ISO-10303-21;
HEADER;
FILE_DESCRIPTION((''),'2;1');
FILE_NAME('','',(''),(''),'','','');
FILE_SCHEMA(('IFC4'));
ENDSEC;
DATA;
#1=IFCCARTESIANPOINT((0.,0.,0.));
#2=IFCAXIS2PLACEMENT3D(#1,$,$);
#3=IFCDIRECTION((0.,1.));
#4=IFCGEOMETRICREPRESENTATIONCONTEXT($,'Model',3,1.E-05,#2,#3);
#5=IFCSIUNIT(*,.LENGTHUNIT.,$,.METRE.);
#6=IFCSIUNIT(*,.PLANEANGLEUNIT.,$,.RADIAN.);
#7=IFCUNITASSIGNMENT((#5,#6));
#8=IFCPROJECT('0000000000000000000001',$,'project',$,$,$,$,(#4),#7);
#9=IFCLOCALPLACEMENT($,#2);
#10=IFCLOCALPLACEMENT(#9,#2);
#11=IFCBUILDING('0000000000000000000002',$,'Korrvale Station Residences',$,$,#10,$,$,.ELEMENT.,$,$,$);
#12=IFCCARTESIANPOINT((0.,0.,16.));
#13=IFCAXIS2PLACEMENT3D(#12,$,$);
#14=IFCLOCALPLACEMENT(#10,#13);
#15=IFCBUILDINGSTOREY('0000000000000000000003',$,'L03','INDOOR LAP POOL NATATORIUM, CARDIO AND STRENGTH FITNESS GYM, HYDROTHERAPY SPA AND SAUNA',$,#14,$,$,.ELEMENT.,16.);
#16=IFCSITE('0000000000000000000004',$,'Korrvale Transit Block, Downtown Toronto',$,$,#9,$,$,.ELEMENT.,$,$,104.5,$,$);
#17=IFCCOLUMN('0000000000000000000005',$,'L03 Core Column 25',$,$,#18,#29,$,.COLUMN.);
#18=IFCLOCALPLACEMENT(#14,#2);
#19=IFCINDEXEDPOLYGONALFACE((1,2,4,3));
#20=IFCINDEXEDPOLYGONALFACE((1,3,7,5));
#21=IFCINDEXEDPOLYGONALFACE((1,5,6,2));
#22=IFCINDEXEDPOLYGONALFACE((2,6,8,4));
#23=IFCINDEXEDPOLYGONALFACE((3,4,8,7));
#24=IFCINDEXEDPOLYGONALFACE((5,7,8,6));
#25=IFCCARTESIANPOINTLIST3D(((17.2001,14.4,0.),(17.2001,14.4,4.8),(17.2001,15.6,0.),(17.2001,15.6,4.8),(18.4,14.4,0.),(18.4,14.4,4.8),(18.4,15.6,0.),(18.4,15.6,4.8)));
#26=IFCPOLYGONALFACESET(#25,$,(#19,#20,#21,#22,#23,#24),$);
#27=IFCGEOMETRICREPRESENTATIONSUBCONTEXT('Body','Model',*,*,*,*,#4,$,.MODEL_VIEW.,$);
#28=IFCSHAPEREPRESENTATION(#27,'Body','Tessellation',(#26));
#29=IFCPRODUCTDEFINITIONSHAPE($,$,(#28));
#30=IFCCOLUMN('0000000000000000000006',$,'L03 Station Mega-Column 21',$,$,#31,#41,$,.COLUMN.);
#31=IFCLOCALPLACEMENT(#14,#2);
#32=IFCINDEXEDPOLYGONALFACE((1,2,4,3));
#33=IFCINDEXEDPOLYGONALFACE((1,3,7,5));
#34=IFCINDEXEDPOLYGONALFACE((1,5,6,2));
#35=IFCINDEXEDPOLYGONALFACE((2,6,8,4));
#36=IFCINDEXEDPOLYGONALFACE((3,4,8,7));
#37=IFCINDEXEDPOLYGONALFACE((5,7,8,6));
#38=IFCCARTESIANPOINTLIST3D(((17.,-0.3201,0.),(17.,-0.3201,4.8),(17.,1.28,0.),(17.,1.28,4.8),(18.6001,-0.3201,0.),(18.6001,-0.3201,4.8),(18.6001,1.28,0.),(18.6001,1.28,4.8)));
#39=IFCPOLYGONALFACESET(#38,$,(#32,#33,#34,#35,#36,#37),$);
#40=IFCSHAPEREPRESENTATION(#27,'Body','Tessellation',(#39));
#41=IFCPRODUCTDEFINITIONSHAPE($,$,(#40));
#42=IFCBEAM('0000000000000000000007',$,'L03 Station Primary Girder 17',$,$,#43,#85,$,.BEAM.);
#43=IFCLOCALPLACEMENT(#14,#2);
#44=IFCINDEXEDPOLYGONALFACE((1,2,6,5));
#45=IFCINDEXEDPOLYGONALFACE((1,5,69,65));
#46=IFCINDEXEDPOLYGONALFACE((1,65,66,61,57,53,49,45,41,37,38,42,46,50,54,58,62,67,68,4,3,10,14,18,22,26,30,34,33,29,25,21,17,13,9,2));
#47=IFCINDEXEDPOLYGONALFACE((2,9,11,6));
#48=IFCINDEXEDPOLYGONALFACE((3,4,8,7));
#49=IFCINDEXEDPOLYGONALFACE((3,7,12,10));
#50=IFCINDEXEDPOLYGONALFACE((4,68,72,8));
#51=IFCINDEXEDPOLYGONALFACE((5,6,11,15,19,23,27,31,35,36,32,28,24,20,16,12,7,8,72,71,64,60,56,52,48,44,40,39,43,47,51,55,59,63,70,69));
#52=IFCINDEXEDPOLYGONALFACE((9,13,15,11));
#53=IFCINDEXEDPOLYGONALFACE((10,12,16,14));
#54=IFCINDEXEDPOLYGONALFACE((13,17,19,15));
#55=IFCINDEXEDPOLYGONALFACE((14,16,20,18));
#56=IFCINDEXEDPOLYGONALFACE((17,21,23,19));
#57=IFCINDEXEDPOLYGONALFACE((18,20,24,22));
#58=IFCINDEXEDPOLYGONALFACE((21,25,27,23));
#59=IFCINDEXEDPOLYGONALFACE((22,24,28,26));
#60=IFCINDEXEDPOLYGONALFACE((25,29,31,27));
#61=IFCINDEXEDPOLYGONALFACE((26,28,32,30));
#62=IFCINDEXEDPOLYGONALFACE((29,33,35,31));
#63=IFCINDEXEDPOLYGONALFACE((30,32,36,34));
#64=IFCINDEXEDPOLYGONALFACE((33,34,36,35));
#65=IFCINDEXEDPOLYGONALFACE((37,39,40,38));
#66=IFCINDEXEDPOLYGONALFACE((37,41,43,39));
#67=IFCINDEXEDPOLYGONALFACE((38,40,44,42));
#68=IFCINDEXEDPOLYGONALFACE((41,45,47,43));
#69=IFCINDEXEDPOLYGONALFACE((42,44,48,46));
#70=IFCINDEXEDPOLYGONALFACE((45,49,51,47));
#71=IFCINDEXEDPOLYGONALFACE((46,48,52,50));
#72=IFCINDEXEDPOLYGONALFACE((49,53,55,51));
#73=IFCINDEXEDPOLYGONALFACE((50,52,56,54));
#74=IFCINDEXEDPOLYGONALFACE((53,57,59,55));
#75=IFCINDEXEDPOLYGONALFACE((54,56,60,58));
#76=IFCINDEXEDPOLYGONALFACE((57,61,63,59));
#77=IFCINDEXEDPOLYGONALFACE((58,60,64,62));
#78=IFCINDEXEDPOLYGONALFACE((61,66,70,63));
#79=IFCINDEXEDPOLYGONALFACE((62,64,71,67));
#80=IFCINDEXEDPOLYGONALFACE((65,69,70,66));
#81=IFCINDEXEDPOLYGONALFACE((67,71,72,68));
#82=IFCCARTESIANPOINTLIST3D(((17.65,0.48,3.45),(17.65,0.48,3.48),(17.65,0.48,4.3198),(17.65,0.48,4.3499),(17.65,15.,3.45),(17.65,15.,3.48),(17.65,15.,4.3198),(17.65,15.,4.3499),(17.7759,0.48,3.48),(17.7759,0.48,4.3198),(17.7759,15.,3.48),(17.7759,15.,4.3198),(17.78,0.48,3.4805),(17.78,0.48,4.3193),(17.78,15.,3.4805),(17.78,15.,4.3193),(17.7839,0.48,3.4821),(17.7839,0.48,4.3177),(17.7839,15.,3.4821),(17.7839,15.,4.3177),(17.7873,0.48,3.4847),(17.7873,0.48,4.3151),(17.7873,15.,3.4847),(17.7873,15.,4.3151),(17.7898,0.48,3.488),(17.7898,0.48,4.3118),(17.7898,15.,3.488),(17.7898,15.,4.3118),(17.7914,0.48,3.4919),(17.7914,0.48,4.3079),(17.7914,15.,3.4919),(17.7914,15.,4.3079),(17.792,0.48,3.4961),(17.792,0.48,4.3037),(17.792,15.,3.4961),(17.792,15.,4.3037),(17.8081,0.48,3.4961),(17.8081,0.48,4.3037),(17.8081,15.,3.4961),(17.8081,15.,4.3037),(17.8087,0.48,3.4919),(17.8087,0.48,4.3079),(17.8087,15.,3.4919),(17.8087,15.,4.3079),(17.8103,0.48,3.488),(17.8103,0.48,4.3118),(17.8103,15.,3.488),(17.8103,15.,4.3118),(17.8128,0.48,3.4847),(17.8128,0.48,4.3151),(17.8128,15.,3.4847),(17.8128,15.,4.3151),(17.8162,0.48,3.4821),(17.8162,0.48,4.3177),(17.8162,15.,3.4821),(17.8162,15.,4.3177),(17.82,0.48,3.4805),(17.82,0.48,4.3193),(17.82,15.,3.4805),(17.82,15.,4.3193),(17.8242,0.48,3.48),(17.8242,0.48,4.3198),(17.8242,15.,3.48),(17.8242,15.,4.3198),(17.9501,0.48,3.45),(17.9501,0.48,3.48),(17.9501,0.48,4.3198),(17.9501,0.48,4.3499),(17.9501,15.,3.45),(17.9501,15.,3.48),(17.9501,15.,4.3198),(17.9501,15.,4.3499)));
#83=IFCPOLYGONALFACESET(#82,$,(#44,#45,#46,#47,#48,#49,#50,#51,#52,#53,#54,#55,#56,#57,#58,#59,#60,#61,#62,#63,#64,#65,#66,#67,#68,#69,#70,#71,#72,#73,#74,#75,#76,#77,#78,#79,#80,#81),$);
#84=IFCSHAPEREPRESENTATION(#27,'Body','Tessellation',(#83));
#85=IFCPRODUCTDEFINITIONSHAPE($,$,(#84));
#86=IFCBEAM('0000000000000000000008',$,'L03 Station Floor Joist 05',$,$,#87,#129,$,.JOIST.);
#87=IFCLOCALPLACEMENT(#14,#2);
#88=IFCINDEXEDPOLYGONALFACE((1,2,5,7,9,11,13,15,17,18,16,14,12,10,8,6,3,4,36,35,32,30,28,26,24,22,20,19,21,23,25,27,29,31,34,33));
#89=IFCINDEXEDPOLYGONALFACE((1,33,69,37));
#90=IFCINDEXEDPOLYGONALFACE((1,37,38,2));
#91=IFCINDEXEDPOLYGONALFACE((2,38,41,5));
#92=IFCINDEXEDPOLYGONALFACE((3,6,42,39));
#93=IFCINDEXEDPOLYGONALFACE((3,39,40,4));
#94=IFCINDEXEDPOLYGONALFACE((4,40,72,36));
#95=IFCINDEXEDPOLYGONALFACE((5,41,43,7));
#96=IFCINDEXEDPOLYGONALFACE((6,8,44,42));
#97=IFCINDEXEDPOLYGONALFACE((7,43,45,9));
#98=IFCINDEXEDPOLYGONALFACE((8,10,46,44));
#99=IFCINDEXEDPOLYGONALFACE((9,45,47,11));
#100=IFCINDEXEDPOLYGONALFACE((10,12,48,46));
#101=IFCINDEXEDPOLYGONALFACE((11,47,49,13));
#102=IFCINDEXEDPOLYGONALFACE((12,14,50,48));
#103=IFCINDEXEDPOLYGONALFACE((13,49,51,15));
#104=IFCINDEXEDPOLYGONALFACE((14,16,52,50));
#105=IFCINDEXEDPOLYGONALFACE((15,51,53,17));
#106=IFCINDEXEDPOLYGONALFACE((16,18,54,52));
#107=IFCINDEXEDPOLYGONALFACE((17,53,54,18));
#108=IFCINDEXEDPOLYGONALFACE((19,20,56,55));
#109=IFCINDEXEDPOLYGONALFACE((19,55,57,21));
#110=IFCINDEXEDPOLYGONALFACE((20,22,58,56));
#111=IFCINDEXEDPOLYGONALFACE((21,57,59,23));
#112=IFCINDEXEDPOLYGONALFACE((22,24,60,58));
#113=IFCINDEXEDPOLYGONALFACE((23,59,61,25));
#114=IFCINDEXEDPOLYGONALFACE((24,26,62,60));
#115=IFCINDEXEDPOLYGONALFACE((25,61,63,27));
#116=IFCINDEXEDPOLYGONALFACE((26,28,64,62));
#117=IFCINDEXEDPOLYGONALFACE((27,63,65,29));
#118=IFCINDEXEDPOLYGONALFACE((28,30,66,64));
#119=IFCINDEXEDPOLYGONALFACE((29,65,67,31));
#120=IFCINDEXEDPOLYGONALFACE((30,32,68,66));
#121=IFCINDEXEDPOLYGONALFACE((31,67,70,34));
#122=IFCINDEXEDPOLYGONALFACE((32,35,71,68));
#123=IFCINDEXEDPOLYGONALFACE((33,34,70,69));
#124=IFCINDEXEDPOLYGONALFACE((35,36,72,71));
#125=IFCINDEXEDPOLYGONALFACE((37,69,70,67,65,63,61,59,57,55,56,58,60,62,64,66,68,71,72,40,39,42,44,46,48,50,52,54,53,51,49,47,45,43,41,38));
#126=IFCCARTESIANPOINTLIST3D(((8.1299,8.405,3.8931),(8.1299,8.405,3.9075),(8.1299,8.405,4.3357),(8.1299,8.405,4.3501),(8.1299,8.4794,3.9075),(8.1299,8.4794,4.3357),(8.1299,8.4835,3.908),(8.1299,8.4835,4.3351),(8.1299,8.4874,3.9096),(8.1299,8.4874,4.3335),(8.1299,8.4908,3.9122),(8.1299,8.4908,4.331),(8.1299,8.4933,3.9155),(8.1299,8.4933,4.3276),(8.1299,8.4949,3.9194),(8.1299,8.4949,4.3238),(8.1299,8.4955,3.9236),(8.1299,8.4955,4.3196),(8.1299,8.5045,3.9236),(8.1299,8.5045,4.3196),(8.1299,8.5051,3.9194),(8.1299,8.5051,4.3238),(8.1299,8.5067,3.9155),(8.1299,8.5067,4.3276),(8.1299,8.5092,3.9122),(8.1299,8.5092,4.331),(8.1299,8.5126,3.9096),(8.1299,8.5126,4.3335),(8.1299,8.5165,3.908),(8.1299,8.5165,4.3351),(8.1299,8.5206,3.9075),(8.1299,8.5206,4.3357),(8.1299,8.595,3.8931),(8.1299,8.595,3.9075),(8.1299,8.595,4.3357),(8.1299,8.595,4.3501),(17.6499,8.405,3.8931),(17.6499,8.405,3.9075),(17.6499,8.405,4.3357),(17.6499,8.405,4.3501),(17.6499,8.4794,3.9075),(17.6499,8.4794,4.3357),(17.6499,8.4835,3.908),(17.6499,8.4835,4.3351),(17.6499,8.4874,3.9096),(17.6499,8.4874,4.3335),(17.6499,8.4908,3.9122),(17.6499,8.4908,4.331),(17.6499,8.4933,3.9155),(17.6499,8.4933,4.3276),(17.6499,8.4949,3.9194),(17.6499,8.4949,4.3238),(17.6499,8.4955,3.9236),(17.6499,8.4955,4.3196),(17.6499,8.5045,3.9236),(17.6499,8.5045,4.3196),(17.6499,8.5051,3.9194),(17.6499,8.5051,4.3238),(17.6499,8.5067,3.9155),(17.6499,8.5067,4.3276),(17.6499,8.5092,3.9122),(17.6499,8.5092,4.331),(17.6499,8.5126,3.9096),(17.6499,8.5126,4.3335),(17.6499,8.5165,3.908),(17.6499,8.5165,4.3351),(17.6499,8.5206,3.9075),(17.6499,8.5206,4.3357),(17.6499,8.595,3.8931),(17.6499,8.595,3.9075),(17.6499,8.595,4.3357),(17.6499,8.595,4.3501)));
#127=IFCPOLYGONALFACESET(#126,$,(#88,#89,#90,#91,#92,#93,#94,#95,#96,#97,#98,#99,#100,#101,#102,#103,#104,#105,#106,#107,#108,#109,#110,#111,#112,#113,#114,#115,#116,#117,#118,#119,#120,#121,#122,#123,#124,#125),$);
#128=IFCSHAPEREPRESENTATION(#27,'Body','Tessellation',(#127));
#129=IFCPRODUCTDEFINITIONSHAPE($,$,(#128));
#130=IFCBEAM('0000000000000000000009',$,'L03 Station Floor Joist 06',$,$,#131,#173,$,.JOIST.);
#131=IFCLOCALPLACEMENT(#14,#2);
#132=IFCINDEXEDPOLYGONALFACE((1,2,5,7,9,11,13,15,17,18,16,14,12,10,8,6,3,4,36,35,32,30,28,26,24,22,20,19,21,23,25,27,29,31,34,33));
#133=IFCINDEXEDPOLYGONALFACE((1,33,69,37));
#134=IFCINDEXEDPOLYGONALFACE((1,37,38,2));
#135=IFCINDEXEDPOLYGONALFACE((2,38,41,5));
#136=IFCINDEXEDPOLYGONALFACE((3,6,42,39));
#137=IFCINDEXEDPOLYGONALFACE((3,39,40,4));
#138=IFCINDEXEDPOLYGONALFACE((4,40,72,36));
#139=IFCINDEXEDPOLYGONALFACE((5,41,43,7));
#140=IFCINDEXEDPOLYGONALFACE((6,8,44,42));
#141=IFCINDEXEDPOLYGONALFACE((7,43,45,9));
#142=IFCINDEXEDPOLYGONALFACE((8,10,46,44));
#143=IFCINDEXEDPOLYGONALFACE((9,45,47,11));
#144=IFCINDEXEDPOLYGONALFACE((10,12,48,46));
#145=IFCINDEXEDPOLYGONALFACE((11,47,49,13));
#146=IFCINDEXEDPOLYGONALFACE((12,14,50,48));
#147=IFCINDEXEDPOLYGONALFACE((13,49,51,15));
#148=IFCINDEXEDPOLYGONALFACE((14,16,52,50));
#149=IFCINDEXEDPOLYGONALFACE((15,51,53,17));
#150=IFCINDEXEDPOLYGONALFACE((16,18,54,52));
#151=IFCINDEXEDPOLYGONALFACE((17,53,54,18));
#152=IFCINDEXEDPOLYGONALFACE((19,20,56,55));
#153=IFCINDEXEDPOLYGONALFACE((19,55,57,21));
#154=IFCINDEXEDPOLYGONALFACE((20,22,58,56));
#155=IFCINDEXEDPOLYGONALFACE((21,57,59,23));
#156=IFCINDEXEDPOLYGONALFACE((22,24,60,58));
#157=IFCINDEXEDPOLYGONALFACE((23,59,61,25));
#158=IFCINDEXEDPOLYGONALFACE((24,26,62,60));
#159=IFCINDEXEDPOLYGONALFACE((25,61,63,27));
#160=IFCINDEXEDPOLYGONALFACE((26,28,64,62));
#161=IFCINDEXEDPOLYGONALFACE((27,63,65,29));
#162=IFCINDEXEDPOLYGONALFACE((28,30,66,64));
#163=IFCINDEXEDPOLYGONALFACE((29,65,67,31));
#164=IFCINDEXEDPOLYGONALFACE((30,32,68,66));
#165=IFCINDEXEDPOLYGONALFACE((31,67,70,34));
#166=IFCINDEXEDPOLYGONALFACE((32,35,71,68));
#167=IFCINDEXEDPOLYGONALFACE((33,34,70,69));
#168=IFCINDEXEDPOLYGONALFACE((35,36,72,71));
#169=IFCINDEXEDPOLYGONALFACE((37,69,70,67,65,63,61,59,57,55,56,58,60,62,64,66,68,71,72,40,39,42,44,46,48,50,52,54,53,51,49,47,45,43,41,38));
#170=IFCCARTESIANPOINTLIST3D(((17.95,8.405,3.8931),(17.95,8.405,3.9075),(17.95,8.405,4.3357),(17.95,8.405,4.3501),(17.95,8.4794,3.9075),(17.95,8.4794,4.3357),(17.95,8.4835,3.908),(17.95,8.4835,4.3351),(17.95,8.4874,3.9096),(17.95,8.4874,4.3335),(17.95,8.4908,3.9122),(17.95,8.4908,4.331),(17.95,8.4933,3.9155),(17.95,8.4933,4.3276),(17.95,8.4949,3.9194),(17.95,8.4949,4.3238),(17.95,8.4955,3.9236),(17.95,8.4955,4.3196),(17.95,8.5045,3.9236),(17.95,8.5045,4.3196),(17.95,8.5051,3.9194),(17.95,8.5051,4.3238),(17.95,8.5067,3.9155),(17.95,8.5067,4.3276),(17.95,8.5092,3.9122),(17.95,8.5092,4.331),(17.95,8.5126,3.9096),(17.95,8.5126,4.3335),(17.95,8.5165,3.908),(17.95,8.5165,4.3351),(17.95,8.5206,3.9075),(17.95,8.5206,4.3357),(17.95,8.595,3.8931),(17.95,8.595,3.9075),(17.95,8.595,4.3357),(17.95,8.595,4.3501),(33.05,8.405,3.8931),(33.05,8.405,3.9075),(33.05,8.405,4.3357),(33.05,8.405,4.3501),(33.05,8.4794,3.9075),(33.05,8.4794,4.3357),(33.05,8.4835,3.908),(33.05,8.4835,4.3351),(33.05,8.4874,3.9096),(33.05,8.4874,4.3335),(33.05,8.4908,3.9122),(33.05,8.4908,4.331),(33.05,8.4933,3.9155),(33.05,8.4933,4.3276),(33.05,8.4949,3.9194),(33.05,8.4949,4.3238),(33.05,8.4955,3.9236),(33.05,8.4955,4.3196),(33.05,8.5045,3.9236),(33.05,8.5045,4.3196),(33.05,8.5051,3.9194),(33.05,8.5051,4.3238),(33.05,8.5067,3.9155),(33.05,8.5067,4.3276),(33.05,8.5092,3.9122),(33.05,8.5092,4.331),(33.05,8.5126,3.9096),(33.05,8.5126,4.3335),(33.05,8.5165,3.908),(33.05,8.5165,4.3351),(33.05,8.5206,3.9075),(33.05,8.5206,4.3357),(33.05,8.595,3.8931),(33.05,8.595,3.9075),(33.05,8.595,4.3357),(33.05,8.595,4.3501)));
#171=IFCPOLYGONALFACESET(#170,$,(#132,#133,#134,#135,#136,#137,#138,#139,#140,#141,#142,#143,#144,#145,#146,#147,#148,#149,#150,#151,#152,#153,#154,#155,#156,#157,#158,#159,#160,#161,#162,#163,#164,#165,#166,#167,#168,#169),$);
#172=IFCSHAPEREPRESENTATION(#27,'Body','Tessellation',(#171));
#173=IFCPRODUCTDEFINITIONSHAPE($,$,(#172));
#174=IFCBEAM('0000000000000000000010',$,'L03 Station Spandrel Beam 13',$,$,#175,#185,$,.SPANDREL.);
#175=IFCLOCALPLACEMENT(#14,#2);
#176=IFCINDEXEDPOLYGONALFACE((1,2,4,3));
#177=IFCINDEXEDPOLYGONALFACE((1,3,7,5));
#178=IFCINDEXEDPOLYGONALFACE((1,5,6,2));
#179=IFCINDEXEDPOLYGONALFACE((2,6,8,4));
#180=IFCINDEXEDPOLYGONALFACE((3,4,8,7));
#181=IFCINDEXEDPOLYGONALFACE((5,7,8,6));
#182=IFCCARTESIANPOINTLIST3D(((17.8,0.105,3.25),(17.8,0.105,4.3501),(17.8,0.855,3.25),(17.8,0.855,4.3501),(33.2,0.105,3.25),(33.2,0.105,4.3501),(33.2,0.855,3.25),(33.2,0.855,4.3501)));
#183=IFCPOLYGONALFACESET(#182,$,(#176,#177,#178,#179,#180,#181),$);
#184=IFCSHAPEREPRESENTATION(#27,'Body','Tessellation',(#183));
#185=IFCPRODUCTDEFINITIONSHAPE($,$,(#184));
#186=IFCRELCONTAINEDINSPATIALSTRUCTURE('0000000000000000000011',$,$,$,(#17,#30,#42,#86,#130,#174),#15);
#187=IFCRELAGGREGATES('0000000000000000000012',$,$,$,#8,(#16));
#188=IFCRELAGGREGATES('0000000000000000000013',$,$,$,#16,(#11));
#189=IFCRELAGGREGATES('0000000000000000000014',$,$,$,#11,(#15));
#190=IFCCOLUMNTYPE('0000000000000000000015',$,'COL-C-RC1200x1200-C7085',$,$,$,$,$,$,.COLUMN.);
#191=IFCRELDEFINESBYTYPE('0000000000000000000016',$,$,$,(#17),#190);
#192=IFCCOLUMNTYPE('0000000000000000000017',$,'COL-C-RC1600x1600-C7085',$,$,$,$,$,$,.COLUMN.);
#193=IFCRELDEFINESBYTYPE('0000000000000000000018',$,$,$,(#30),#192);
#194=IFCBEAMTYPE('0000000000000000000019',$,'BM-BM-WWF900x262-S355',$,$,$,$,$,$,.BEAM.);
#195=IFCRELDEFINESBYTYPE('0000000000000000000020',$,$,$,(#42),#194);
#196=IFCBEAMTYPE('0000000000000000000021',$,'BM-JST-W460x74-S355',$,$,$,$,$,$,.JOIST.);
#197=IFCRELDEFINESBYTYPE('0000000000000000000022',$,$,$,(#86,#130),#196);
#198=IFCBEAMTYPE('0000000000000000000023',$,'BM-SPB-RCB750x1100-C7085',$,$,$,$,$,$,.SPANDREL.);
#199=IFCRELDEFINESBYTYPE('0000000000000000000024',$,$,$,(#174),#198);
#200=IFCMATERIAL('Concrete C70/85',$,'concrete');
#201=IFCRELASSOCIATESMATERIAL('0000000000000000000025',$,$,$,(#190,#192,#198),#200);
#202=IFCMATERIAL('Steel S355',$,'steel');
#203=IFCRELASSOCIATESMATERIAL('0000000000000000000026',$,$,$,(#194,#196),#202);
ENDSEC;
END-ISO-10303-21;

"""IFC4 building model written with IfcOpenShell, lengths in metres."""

from ifc_helpers import new_model, si_unit, direction, frame, origin, origin_2d, place, context, subcontext, project, spatial, rectangle, i_section, extrude, material, material_profile, profile_set, type_object, element, save


model = new_model("IFC4")

# Units and contexts
model_context = context("Model", 3, precision=1e-05, world=origin(), true_north=direction((0.0, 1.0)))
body_context = subcontext(model_context, "Body", "Model", "MODEL_VIEW")
ifc_project = project(units=[si_unit("LENGTHUNIT", "METRE"), si_unit("PLANEANGLEUNIT", "RADIAN")], contexts=[model_context])

# Site, building, storey
site_placement = place(None, origin())
site = spatial("IfcSite", under=ifc_project, at=site_placement, Name="Korrvale Transit Block, Downtown Toronto", CompositionType="ELEMENT", RefElevation=104.5)
building_placement = place(site_placement, origin())
building = spatial("IfcBuilding", under=site, at=building_placement, Name="Korrvale Station Residences", CompositionType="ELEMENT")
storey_placement = place(building_placement, frame((0.0, 0.0, 16.0)))
storey = spatial("IfcBuildingStorey", under=building, at=storey_placement, Name="L03", Description="INDOOR LAP POOL NATATORIUM, CARDIO AND STRENGTH FITNESS GYM, HYDROTHERAPY SPA AND SAUNA", CompositionType="ELEMENT", Elevation=16.0)

# Columns
ifc_material_1 = material(Name="Concrete C70/85", Category="concrete")
ifc_material_profile_1 = material_profile(ifc_material_1, rectangle(XDim=1.2, YDim=1.2, at=origin_2d()), Name="RC1200x1200")
ifc_profile_set_1 = profile_set([ifc_material_profile_1], Name="Concrete C70/85")
column_type_1 = type_object("IfcColumnType", Name="COL-C-RC1200x1200-C7085", PredefinedType="COLUMN", material=ifc_profile_set_1)
column_1_placement = place(storey_placement, frame((17.8, 15.0, 0.0), z_axis=(0.0, 0.0, 1.0), x_axis=(1.0, 0.0, 0.0)))
element("IfcColumn", 1, at=column_1_placement, inside=storey, type_object=column_type_1, Name="L03 Core Column 25", PredefinedType="COLUMN", context=body_context, shape_type="SweptSolid", body=[
    extrude(rectangle(XDim=1.2, YDim=1.2, at=origin_2d()), origin(), (0.0, 0.0, 1.0), 4.8),
])
ifc_material_profile_2 = material_profile(ifc_material_1, rectangle(XDim=1.6001, YDim=1.6001, at=origin_2d()), Name="RC1600x1600")
ifc_profile_set_2 = profile_set([ifc_material_profile_2], Name="Concrete C70/85")
column_type_2 = type_object("IfcColumnType", Name="COL-C-RC1600x1600-C7085", PredefinedType="COLUMN", material=ifc_profile_set_2)
column_2_placement = place(storey_placement, frame((17.8, 0.48, 0.0), z_axis=(0.0, 0.0, 1.0), x_axis=(1.0, 0.0, 0.0)))
element("IfcColumn", 2, at=column_2_placement, inside=storey, type_object=column_type_2, Name="L03 Station Mega-Column 21", PredefinedType="COLUMN", context=body_context, shape_type="SweptSolid", body=[
    extrude(rectangle(XDim=1.6001, YDim=1.6001, at=origin_2d()), origin(), (0.0, 0.0, 1.0), 4.8),
])

# Beams
ifc_material_2 = material(Name="Steel S355", Category="steel")
ifc_material_profile_3 = material_profile(ifc_material_2, i_section(OverallWidth=0.3, OverallDepth=0.8999, WebThickness=0.0161, FlangeThickness=0.03, FilletRadius=0.0161, at=origin_2d()), Name="WWF900x262")
ifc_profile_set_3 = profile_set([ifc_material_profile_3], Name="Steel S355")
beam_type_1 = type_object("IfcBeamType", Name="BM-BM-WWF900x262-S355", PredefinedType="BEAM", material=ifc_profile_set_3)
beam_1_placement = place(storey_placement, frame((17.8, 0.48, 3.8999), z_axis=(0.0, 1.0, 0.0), x_axis=(-1.0, 0.0, 0.0)))
element("IfcBeam", 3, at=beam_1_placement, inside=storey, type_object=beam_type_1, Name="L03 Station Primary Girder 17", PredefinedType="BEAM", context=body_context, shape_type="SweptSolid", body=[
    extrude(i_section(OverallWidth=0.3, OverallDepth=0.8999, WebThickness=0.0161, FlangeThickness=0.03, FilletRadius=0.0161, at=origin_2d()), origin(), (0.0, 0.0, 1.0), 14.52),
])
ifc_material_profile_4 = material_profile(ifc_material_2, i_section(OverallWidth=0.1899, OverallDepth=0.457, WebThickness=0.009, FlangeThickness=0.0144, FilletRadius=0.0161, at=origin_2d()), Name="W460x74")
ifc_profile_set_4 = profile_set([ifc_material_profile_4], Name="Steel S355")
beam_type_2 = type_object("IfcBeamType", Name="BM-JST-W460x74-S355", PredefinedType="JOIST", material=ifc_profile_set_4)
beam_2_placement = place(storey_placement, frame((8.1299, 8.5, 4.1216), z_axis=(1.0, 0.0, 0.0), x_axis=(0.0, 1.0, 0.0)))
element("IfcBeam", 4, at=beam_2_placement, inside=storey, type_object=beam_type_2, Name="L03 Station Floor Joist 05", PredefinedType="JOIST", context=body_context, shape_type="SweptSolid", body=[
    extrude(i_section(OverallWidth=0.1899, OverallDepth=0.457, WebThickness=0.009, FlangeThickness=0.0144, FilletRadius=0.0161, at=origin_2d()), origin(), (0.0, 0.0, 1.0), 9.52),
])
beam_3_placement = place(storey_placement, frame((17.95, 8.5, 4.1216), z_axis=(1.0, 0.0, 0.0), x_axis=(0.0, 1.0, 0.0)))
element("IfcBeam", 5, at=beam_3_placement, inside=storey, type_object=beam_type_2, Name="L03 Station Floor Joist 06", PredefinedType="JOIST", context=body_context, shape_type="SweptSolid", body=[
    extrude(i_section(OverallWidth=0.1899, OverallDepth=0.457, WebThickness=0.009, FlangeThickness=0.0144, FilletRadius=0.0161, at=origin_2d()), origin(), (0.0, 0.0, 1.0), 15.1001),
])
ifc_material_profile_5 = material_profile(ifc_material_1, rectangle(XDim=0.75, YDim=1.1001, at=origin_2d()), Name="RCB750x1100")
ifc_profile_set_5 = profile_set([ifc_material_profile_5], Name="Concrete C70/85")
beam_type_3 = type_object("IfcBeamType", Name="BM-SPB-RCB750x1100-C7085", PredefinedType="SPANDREL", material=ifc_profile_set_5)
beam_4_placement = place(storey_placement, frame((17.8, 0.48, 3.8), z_axis=(1.0, 0.0, 0.0), x_axis=(0.0, 1.0, 0.0)))
element("IfcBeam", 6, at=beam_4_placement, inside=storey, type_object=beam_type_3, Name="L03 Station Spandrel Beam 13", PredefinedType="SPANDREL", context=body_context, shape_type="SweptSolid", body=[
    extrude(rectangle(XDim=0.75, YDim=1.1001, at=origin_2d()), origin(), (0.0, 0.0, 1.0), 15.3999),
])

save(model, "model.ifc")
